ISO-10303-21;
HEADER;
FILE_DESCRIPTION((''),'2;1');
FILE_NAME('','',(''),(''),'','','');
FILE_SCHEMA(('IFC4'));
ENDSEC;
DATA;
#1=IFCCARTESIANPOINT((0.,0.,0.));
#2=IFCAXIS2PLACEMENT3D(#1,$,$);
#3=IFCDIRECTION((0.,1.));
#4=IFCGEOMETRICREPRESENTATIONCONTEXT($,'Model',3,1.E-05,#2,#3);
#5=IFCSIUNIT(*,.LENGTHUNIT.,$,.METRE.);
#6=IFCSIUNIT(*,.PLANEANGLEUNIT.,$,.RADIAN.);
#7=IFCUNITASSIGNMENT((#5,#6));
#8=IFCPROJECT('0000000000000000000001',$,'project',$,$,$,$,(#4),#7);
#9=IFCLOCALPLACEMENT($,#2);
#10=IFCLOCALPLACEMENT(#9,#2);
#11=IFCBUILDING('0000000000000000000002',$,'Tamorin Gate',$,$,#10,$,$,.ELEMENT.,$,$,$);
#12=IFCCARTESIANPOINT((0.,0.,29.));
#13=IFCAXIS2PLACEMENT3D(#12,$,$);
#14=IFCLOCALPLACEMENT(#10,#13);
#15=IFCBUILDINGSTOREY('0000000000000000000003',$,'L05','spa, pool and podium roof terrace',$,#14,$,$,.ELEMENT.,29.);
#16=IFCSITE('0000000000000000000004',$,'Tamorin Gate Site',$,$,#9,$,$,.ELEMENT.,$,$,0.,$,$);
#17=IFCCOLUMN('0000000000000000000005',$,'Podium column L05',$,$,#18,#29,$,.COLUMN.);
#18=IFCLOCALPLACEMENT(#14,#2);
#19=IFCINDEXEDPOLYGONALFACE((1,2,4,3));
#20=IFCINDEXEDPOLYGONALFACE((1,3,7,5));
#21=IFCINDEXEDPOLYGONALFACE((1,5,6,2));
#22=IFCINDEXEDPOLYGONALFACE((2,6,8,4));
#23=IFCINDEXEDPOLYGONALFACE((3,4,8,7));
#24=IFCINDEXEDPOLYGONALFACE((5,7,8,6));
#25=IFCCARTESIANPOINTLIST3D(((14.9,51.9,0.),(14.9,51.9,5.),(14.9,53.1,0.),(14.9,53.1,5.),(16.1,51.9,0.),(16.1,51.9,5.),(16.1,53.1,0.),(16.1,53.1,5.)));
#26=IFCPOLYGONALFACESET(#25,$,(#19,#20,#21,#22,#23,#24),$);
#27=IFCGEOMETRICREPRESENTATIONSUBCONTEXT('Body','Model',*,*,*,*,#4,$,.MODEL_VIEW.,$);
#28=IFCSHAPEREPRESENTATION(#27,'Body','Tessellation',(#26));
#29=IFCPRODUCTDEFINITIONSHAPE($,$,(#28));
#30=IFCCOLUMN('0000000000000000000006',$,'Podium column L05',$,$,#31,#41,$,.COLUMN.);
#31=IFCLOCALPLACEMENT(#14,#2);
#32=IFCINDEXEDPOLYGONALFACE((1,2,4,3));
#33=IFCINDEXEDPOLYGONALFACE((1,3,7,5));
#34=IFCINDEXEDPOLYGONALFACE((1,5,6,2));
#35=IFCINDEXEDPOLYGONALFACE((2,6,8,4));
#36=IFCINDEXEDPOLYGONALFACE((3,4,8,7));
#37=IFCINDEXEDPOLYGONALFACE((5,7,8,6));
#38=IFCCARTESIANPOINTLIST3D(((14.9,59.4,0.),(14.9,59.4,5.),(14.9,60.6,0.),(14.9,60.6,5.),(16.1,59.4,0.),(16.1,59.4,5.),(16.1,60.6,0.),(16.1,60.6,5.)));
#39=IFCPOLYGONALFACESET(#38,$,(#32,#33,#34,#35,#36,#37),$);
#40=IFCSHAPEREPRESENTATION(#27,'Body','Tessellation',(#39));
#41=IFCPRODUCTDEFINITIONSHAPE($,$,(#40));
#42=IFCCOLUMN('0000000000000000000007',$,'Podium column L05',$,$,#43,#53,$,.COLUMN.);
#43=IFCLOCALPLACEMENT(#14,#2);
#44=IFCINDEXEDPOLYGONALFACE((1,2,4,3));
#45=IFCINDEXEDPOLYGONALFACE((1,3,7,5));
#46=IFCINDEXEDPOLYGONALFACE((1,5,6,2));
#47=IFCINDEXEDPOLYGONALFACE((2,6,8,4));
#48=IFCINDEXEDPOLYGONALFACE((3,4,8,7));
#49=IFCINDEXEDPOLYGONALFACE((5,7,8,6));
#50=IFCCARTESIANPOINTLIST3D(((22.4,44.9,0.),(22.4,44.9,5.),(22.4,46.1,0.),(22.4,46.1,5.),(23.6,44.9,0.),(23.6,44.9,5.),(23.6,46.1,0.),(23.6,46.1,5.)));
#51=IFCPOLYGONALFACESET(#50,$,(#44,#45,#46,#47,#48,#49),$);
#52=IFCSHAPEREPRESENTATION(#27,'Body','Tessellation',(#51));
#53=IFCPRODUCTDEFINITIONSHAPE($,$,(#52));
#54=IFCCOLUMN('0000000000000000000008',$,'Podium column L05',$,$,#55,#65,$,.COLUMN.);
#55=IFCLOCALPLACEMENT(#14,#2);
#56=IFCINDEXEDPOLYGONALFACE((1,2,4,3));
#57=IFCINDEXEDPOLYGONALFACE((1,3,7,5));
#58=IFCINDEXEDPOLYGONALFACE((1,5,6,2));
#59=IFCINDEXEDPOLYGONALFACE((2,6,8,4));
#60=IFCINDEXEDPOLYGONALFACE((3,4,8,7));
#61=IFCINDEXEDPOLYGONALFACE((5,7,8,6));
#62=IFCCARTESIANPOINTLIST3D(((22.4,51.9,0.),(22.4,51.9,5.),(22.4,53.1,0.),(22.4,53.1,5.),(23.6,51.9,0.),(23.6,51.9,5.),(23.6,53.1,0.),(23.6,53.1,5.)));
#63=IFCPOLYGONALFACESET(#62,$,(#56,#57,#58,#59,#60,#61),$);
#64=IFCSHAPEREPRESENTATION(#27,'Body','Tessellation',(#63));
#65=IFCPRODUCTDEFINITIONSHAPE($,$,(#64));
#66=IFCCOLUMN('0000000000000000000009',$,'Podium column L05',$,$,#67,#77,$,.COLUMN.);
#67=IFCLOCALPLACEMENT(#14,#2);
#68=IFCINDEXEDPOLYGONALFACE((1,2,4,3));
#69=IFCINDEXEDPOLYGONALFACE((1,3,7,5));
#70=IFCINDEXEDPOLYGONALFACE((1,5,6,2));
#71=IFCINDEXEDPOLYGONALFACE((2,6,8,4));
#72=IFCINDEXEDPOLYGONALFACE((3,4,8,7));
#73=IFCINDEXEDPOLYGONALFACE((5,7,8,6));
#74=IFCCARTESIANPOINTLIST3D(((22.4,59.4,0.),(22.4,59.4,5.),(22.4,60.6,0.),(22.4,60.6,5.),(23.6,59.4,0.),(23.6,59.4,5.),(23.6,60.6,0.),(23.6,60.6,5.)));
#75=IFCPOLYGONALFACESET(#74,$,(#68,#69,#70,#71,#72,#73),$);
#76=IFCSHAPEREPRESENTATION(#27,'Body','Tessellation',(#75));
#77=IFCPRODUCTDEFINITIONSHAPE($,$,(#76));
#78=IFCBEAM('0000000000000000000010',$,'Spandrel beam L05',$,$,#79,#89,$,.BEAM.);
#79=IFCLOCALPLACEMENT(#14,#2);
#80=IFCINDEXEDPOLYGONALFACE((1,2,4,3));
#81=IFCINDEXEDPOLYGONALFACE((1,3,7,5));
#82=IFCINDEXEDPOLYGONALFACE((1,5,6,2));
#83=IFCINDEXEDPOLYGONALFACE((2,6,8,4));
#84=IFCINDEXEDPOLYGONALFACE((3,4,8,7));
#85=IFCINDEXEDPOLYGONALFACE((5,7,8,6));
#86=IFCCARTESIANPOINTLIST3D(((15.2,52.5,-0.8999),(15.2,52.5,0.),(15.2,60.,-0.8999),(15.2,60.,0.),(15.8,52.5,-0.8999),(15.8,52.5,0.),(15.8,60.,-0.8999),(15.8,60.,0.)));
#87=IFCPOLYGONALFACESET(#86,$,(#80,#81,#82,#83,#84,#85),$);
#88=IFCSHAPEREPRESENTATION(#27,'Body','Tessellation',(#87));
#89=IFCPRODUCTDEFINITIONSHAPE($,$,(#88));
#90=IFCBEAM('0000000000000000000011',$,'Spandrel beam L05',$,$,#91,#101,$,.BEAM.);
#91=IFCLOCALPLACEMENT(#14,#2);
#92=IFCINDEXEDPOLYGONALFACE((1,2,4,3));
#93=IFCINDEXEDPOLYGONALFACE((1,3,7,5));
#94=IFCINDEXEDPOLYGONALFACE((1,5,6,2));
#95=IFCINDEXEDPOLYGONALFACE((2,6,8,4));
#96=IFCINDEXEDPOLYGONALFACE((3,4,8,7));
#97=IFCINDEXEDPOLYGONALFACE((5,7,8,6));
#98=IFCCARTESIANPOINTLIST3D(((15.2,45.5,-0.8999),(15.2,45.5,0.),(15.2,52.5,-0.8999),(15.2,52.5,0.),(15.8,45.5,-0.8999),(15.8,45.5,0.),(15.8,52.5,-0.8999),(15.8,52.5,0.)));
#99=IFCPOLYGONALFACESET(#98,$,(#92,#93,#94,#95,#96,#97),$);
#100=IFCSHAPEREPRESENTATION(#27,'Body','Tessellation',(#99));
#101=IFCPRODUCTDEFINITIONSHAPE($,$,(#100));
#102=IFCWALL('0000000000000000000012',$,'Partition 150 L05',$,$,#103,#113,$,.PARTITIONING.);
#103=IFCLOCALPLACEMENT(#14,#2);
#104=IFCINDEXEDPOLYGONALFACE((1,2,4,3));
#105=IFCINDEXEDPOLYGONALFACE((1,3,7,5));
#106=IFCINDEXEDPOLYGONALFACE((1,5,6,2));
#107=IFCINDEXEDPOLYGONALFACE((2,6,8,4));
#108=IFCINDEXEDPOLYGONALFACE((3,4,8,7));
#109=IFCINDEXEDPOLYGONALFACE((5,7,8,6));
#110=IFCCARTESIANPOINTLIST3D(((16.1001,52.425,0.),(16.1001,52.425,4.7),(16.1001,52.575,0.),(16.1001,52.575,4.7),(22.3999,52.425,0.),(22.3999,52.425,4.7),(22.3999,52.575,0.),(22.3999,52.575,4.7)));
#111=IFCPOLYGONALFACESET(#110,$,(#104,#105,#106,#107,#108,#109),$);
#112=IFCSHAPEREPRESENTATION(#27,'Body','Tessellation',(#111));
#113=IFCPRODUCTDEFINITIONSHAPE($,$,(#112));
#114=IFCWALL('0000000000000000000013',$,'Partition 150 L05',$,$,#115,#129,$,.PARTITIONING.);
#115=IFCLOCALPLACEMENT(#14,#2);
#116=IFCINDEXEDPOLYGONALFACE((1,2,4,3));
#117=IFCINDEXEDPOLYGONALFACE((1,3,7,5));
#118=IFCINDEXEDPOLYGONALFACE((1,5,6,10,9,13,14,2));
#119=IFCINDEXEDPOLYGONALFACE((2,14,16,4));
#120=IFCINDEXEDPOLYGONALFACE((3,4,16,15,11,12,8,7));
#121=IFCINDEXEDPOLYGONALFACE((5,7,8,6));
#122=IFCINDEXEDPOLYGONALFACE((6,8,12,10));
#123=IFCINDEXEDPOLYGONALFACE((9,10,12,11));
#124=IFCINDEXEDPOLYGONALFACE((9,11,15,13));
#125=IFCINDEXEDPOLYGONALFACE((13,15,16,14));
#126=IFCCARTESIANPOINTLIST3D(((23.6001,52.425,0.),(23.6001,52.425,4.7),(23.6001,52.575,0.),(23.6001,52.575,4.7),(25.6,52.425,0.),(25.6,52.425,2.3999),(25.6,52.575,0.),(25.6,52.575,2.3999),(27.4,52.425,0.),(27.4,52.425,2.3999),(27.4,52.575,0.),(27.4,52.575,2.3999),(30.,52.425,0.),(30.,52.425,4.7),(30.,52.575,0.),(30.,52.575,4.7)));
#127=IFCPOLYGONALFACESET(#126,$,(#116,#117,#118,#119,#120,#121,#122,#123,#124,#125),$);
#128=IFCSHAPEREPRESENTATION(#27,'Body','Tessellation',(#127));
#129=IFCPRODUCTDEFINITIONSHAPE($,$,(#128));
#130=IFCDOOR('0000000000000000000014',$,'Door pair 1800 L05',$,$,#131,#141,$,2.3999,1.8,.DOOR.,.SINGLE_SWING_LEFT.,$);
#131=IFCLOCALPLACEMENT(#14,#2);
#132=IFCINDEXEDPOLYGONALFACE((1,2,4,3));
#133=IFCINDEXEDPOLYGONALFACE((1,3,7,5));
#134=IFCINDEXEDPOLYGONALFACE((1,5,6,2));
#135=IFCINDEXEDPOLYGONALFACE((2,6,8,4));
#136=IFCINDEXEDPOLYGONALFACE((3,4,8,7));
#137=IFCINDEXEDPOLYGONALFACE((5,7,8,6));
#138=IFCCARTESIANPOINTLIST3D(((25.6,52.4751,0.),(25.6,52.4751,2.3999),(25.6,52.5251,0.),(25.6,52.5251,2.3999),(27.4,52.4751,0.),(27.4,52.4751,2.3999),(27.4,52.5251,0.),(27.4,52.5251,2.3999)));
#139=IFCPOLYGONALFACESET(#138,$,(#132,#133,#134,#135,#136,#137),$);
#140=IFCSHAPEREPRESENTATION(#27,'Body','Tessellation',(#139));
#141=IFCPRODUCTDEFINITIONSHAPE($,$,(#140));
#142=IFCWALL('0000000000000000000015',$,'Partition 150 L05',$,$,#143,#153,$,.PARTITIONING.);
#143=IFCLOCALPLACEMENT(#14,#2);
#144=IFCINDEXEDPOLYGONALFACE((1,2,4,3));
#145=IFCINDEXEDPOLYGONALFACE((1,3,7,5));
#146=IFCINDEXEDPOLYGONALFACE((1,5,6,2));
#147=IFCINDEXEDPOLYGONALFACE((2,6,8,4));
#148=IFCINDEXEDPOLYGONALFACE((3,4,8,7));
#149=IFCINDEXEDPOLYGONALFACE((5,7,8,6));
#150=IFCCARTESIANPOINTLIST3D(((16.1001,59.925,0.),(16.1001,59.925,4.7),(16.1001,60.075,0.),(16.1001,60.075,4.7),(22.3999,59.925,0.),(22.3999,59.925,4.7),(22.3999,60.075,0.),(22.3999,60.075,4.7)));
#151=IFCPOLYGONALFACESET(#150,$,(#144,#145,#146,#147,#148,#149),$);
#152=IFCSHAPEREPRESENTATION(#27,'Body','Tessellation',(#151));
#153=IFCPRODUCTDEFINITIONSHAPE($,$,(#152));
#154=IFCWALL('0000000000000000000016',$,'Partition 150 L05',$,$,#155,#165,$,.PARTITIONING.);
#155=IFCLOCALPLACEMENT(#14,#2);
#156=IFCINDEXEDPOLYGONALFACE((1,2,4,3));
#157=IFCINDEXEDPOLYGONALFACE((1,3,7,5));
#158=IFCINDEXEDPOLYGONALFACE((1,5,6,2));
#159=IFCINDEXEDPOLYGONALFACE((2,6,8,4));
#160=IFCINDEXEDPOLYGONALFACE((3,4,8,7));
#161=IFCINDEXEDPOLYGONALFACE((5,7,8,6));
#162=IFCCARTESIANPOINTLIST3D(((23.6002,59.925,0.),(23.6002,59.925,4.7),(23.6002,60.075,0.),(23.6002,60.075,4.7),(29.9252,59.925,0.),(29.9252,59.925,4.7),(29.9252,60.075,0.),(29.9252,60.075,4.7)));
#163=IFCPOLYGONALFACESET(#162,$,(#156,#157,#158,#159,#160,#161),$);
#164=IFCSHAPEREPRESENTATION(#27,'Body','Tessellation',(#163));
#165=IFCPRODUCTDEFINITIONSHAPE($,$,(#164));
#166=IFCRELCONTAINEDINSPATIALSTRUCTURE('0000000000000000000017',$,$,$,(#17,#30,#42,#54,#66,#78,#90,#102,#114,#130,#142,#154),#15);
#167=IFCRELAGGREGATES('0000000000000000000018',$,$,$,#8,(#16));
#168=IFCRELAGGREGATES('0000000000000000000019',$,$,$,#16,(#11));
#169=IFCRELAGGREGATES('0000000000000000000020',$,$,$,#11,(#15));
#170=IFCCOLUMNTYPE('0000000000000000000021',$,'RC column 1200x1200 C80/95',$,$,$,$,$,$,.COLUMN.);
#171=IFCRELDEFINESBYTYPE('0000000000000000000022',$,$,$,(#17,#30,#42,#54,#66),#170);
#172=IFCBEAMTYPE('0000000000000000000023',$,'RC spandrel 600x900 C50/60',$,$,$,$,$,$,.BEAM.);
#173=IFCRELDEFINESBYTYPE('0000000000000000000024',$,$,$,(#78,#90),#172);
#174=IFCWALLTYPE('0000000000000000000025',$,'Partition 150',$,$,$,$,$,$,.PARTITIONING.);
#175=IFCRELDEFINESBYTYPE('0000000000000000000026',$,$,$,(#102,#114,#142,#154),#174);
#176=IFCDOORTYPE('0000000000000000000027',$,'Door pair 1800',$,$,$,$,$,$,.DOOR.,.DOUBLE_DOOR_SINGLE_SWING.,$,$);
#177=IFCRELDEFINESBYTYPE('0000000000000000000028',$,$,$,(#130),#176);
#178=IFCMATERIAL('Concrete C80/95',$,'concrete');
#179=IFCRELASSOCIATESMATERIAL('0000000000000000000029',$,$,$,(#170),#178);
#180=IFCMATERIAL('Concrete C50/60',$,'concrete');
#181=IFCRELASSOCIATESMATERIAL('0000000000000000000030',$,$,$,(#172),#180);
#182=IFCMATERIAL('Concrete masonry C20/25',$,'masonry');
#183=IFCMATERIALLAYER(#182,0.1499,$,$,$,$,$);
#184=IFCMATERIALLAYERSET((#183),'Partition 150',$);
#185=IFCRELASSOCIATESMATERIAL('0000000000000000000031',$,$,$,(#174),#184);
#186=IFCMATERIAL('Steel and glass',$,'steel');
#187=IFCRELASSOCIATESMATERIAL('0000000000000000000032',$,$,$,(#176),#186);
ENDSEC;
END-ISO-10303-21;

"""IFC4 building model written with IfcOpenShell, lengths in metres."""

from ifc_helpers import new_model, si_unit, direction, frame, frame_2d, origin, origin_2d, place, context, subcontext, project, spatial, rectangle, extrude, material, layer, layer_set, material_profile, profile_set, type_object, element, fill, save


model = new_model("IFC4")

# Units and contexts
model_context = context("Model", 3, precision=1e-05, world=origin(), true_north=direction((0.0, 1.0)))
body_context = subcontext(model_context, "Body", "Model", "MODEL_VIEW")
ifc_project = project(units=[si_unit("LENGTHUNIT", "METRE"), si_unit("PLANEANGLEUNIT", "RADIAN")], contexts=[model_context])

# Site, building, storey
site_placement = place(None, origin())
site = spatial("IfcSite", under=ifc_project, at=site_placement, Name="Tamorin Gate Site", CompositionType="ELEMENT", RefElevation=0.0)
building_placement = place(site_placement, origin())
building = spatial("IfcBuilding", under=site, at=building_placement, Name="Tamorin Gate", CompositionType="ELEMENT")
storey_placement = place(building_placement, frame((0.0, 0.0, 29.0)))
storey = spatial("IfcBuildingStorey", under=building, at=storey_placement, Name="L05", Description="spa, pool and podium roof terrace", CompositionType="ELEMENT", Elevation=29.0)

# Columns
ifc_material_1 = material(Name="Concrete C80/95", Category="concrete")
ifc_material_profile_1 = material_profile(ifc_material_1, rectangle(XDim=1.2, YDim=1.2, at=origin_2d()), Name="RC 1200x1200")
ifc_profile_set_1 = profile_set([ifc_material_profile_1], Name="Concrete C80/95")
column_type = type_object("IfcColumnType", Name="RC column 1200x1200 C80/95", PredefinedType="COLUMN", material=ifc_profile_set_1)
for number, where, z_axis, x_axis, name in (
    (1, (15.5, 52.5, 0.0), (0.0, 0.0, 1.0), (1.0, 0.0, 0.0), "Podium column L05"),
    (2, (15.5, 60.0, 0.0), (0.0, 0.0, 1.0), (1.0, 0.0, 0.0), "Podium column L05"),
    (3, (23.0, 45.5, 0.0), (0.0, 0.0, 1.0), (1.0, 0.0, 0.0), "Podium column L05"),
    (4, (23.0, 52.5, 0.0), (0.0, 0.0, 1.0), (1.0, 0.0, 0.0), "Podium column L05"),
    (5, (23.0, 60.0, 0.0), (0.0, 0.0, 1.0), (1.0, 0.0, 0.0), "Podium column L05"),
):
    element("IfcColumn", number, at=place(storey_placement, frame(where, z_axis=z_axis, x_axis=x_axis)), inside=storey, type_object=column_type, Name=name, PredefinedType="COLUMN", context=body_context, shape_type="SweptSolid", body=[
        extrude(rectangle(XDim=1.2, YDim=1.2, at=origin_2d()), origin(), (0.0, 0.0, 1.0), 5.0),
    ])

# Beams
ifc_material_2 = material(Name="Concrete C50/60", Category="concrete")
ifc_material_profile_2 = material_profile(ifc_material_2, rectangle(XDim=0.6001, YDim=0.8999, at=origin_2d()), Name="RC 600x900")
ifc_profile_set_2 = profile_set([ifc_material_profile_2], Name="Concrete C50/60")
beam_type = type_object("IfcBeamType", Name="RC spandrel 600x900 C50/60", PredefinedType="BEAM", material=ifc_profile_set_2)
beam_1_placement = place(storey_placement, frame((15.5, 60.0, -0.45), z_axis=(0.0, -1.0, 0.0), x_axis=(1.0, 0.0, 0.0)))
element("IfcBeam", 6, at=beam_1_placement, inside=storey, type_object=beam_type, Name="Spandrel beam L05", PredefinedType="BEAM", context=body_context, shape_type="SweptSolid", body=[
    extrude(rectangle(XDim=0.6001, YDim=0.8999, at=origin_2d()), origin(), (0.0, 0.0, 1.0), 7.5),
])
beam_2_placement = place(storey_placement, frame((15.5, 52.5, -0.45), z_axis=(0.0, -1.0, 0.0), x_axis=(1.0, 0.0, 0.0)))
element("IfcBeam", 7, at=beam_2_placement, inside=storey, type_object=beam_type, Name="Spandrel beam L05", PredefinedType="BEAM", context=body_context, shape_type="SweptSolid", body=[
    extrude(rectangle(XDim=0.6001, YDim=0.8999, at=origin_2d()), origin(), (0.0, 0.0, 1.0), 7.0),
])

# Shared definitions
ifc_material_3 = material(Name="Concrete masonry C20/25", Category="masonry")
ifc_layer_1 = layer(ifc_material_3, 0.1499)
ifc_layer_set_1 = layer_set([ifc_layer_1], Name="Partition 150")
wall_type_1 = type_object("IfcWallType", Name="Partition 150", PredefinedType="PARTITIONING", material=ifc_layer_set_1)
ifc_material_4 = material(Name="Steel and glass", Category="steel")
door_type_1 = type_object("IfcDoorType", Name="Door pair 1800", OperationType="DOUBLE_DOOR_SINGLE_SWING", PredefinedType="DOOR", material=ifc_material_4)

# Wall
wall_1_placement = place(storey_placement, frame((16.1001, 52.5, 0.0), z_axis=(0.0, 0.0, 1.0), x_axis=(1.0, 0.0, 0.0)))
element("IfcWall", 8, at=wall_1_placement, inside=storey, type_object=wall_type_1, Name="Partition 150 L05", PredefinedType="PARTITIONING", context=body_context, shape_type="SweptSolid", body=[
    extrude(rectangle(XDim=6.2998, YDim=0.1499, at=frame_2d((3.1499, 0.0))), origin(), (0.0, 0.0, 1.0), 4.7),
])

# Wall, opening, door
wall_2_placement = place(storey_placement, frame((30.0, 52.5, 0.0), z_axis=(0.0, 0.0, 1.0), x_axis=(-1.0, 0.0, 0.0)))
wall_2 = element("IfcWall", 9, at=wall_2_placement, inside=storey, type_object=wall_type_1, Name="Partition 150 L05", PredefinedType="PARTITIONING", context=body_context, shape_type="SweptSolid", body=[
    extrude(rectangle(XDim=6.3999, YDim=0.1499, at=frame_2d((3.2, 0.0))), origin(), (0.0, 0.0, 1.0), 4.7),
])
opening_1_placement = place(wall_2_placement, frame((2.6001, 0.0, 0.0)))
opening_1 = element("IfcOpeningElement", 10, at=opening_1_placement, cuts=wall_2, PredefinedType="OPENING", context=body_context, shape_type="SweptSolid", body=[
    extrude(rectangle(XDim=1.8, YDim=2.3999, at=frame_2d((0.8999, 1.2))), frame((0.0, 0.085, 0.0), z_axis=(0.0, -1.0, 0.0), x_axis=(1.0, 0.0, 0.0)), (0.0, 0.0, 1.0), 0.1699),
])
door_1_placement = place(opening_1_placement, origin())
door_1 = element("IfcDoor", 11, at=door_1_placement, inside=storey, type_object=door_type_1, Name="Door pair 1800 L05", OperationType="SINGLE_SWING_LEFT", OverallHeight=2.3999, OverallWidth=1.8, PredefinedType="DOOR", context=body_context, shape_type="SweptSolid", body=[
    extrude(rectangle(XDim=1.8, YDim=2.3999, at=frame_2d((0.8999, 1.2))), frame((0.0, 0.0249, 0.0), z_axis=(0.0, -1.0, 0.0), x_axis=(1.0, 0.0, 0.0)), (0.0, 0.0, 1.0), 0.05),
])
fill(opening_1, door_1)

# Walls
wall_3_placement = place(storey_placement, frame((16.1001, 60.0, 0.0), z_axis=(0.0, 0.0, 1.0), x_axis=(1.0, 0.0, 0.0)))
element("IfcWall", 12, at=wall_3_placement, inside=storey, type_object=wall_type_1, Name="Partition 150 L05", PredefinedType="PARTITIONING", context=body_context, shape_type="SweptSolid", body=[
    extrude(rectangle(XDim=6.2998, YDim=0.1499, at=frame_2d((3.1499, 0.0))), origin(), (0.0, 0.0, 1.0), 4.7),
])
wall_4_placement = place(storey_placement, frame((23.6001, 60.0, 0.0), z_axis=(0.0, 0.0, 1.0), x_axis=(1.0, 0.0, 0.0)))
element("IfcWall", 13, at=wall_4_placement, inside=storey, type_object=wall_type_1, Name="Partition 150 L05", PredefinedType="PARTITIONING", context=body_context, shape_type="SweptSolid", body=[
    extrude(rectangle(XDim=6.325, YDim=0.1499, at=frame_2d((3.1626, 0.0))), origin(), (0.0, 0.0, 1.0), 4.7),
])

save(model, "model.ifc")
